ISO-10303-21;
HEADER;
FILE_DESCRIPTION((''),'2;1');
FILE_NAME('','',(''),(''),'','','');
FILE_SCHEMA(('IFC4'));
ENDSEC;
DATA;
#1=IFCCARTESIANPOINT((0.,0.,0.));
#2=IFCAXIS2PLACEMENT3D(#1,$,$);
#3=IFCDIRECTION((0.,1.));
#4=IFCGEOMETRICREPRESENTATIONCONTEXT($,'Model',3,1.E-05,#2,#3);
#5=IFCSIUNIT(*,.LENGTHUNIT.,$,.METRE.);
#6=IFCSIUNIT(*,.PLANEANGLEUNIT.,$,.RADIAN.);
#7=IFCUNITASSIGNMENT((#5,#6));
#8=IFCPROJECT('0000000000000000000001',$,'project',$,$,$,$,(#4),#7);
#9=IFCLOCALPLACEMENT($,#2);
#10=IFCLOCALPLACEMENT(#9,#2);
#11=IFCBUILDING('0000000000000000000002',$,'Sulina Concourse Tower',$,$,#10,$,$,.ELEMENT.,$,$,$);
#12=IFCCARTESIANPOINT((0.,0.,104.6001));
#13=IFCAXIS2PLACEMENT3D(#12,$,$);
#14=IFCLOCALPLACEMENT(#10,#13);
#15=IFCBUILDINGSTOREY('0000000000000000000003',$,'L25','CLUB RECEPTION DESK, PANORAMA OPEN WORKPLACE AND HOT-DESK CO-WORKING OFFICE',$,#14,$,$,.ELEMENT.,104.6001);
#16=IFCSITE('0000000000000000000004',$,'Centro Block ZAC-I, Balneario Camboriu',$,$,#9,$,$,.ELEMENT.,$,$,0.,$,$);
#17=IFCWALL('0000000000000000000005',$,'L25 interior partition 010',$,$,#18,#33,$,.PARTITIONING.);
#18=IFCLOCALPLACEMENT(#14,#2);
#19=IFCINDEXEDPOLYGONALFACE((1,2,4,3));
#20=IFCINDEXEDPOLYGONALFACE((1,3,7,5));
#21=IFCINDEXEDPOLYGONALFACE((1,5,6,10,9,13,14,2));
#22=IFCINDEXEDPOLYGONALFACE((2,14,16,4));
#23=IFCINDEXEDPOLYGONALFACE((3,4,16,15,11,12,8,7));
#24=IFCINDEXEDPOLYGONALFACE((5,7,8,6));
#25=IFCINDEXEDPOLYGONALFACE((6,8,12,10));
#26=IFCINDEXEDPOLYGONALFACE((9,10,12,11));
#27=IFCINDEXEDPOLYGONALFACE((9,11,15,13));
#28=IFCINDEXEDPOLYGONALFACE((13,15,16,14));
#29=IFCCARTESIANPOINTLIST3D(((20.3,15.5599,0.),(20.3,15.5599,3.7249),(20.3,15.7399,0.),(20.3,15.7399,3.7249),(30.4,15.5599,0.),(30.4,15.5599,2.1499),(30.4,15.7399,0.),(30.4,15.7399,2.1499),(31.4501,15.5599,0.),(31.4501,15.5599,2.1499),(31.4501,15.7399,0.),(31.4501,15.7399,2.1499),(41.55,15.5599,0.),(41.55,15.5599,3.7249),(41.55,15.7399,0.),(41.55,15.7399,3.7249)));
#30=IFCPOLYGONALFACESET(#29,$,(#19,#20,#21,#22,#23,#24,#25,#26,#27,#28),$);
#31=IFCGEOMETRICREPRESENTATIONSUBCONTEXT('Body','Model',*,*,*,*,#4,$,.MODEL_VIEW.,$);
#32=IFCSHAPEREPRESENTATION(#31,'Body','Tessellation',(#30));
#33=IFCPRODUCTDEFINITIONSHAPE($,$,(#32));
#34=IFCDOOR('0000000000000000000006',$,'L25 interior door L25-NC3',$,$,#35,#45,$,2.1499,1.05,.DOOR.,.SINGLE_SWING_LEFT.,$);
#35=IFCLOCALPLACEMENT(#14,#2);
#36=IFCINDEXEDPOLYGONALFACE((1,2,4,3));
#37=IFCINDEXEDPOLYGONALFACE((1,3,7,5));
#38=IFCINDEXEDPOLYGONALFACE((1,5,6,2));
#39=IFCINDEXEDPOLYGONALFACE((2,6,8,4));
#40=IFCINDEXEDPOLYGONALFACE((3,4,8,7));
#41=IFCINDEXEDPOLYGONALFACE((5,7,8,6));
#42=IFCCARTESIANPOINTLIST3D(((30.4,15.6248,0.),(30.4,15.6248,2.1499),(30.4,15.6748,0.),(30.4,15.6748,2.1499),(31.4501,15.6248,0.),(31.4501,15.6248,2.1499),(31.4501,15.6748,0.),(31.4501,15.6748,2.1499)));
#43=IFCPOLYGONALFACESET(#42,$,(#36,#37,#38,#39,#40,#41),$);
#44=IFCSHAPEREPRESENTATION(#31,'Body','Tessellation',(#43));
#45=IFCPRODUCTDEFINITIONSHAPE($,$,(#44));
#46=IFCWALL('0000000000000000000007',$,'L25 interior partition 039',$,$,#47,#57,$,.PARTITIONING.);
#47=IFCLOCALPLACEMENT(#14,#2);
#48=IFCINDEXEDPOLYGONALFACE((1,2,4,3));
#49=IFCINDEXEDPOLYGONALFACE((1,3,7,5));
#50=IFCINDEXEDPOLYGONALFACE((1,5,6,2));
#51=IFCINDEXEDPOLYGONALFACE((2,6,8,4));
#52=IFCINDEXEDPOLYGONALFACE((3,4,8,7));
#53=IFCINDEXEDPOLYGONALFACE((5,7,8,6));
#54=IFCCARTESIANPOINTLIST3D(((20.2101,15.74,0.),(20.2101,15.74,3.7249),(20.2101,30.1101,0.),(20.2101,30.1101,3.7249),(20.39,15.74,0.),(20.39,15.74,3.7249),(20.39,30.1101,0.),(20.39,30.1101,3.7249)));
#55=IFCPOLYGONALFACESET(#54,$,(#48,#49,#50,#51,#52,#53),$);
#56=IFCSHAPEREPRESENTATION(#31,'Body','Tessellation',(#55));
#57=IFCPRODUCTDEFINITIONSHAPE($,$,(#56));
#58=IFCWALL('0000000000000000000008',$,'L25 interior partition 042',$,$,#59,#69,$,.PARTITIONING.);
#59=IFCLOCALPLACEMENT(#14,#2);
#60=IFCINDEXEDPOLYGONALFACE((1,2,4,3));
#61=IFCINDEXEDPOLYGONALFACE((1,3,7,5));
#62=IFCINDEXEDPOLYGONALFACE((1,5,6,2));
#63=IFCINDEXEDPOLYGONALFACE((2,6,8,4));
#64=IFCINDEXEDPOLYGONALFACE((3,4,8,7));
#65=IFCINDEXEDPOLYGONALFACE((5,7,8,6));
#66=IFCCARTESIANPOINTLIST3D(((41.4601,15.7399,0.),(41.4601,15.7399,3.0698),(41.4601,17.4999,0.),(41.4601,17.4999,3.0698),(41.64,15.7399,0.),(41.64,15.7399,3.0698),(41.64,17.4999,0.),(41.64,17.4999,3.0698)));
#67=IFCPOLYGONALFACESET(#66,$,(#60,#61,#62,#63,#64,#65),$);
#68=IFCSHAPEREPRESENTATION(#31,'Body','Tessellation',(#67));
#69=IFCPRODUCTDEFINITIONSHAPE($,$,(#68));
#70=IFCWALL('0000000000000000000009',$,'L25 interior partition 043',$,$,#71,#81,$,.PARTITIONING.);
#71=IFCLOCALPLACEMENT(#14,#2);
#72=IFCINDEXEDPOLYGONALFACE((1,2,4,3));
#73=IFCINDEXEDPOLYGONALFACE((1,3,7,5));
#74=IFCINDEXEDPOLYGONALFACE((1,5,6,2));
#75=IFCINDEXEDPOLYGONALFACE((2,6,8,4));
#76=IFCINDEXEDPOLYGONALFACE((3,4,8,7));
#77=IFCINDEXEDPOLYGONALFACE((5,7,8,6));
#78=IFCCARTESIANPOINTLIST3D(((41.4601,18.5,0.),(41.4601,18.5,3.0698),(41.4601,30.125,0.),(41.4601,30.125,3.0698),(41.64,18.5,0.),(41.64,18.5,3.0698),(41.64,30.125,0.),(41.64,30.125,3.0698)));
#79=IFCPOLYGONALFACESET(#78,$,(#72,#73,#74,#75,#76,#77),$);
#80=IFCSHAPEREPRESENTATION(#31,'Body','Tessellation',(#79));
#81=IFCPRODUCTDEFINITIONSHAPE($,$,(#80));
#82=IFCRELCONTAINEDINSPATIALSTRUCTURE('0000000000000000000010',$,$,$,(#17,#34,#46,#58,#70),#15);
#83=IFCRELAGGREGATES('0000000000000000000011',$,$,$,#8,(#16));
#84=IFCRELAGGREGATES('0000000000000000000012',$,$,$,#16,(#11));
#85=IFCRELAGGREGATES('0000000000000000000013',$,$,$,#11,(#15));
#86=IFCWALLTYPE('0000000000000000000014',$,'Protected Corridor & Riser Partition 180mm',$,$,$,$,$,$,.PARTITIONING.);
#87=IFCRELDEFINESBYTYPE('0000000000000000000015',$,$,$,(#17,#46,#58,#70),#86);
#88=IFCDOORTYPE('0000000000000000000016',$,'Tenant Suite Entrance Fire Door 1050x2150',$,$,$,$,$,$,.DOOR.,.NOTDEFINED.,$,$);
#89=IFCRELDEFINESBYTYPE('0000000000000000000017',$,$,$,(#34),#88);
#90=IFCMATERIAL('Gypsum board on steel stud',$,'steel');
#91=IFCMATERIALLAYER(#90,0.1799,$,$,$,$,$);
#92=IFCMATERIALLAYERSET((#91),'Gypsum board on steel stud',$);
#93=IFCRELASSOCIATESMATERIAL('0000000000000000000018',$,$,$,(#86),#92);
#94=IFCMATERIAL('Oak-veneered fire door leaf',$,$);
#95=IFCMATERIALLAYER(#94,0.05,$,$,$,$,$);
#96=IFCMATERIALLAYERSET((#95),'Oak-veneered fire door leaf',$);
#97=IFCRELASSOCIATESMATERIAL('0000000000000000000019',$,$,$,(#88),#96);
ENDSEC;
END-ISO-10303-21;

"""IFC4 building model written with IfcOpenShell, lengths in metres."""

from ifc_helpers import new_model, si_unit, direction, frame, frame_2d, origin, place, context, subcontext, project, spatial, rectangle, extrude, material, layer, layer_set, type_object, element, fill, save


model = new_model("IFC4")

# Units and contexts
model_context = context("Model", 3, precision=1e-05, world=origin(), true_north=direction((0.0, 1.0)))
body_context = subcontext(model_context, "Body", "Model", "MODEL_VIEW")
ifc_project = project(units=[si_unit("LENGTHUNIT", "METRE"), si_unit("PLANEANGLEUNIT", "RADIAN")], contexts=[model_context])

# Site, building, storey
site_placement = place(None, origin())
site = spatial("IfcSite", under=ifc_project, at=site_placement, Name="Centro Block ZAC-I, Balneario Camboriu", CompositionType="ELEMENT", RefElevation=0.0)
building_placement = place(site_placement, origin())
building = spatial("IfcBuilding", under=site, at=building_placement, Name="Sulina Concourse Tower", CompositionType="ELEMENT")
storey_placement = place(building_placement, frame((0.0, 0.0, 104.6001)))
storey = spatial("IfcBuildingStorey", under=building, at=storey_placement, Name="L25", Description="CLUB RECEPTION DESK, PANORAMA OPEN WORKPLACE AND HOT-DESK CO-WORKING OFFICE", CompositionType="ELEMENT", Elevation=104.6001)

# Wall, opening, door
ifc_material_1 = material(Name="Gypsum board on steel stud", Category="steel")
ifc_layer_1 = layer(ifc_material_1, 0.1799)
ifc_layer_set_1 = layer_set([ifc_layer_1], Name="Gypsum board on steel stud")
wall_type = type_object("IfcWallType", Name="Protected Corridor & Riser Partition 180mm", PredefinedType="PARTITIONING", material=ifc_layer_set_1)
ifc_material_2 = material(Name="Oak-veneered fire door leaf")
ifc_layer_2 = layer(ifc_material_2, 0.05)
ifc_layer_set_2 = layer_set([ifc_layer_2], Name="Oak-veneered fire door leaf")
door_type_1 = type_object("IfcDoorType", Name="Tenant Suite Entrance Fire Door 1050x2150", OperationType="NOTDEFINED", PredefinedType="DOOR", material=ifc_layer_set_2)
wall_1_placement = place(storey_placement, frame((20.3, 15.6499, 0.0), z_axis=(0.0, 0.0, 1.0), x_axis=(1.0, 0.0, 0.0)))
wall_1 = element("IfcWall", 1, at=wall_1_placement, inside=storey, type_object=wall_type, Name="L25 interior partition 010", PredefinedType="PARTITIONING", context=body_context, shape_type="SweptSolid", body=[
    extrude(rectangle(XDim=21.25, YDim=0.1799, at=frame_2d((10.625, 0.0))), origin(), (0.0, 0.0, 1.0), 3.7249),
])
opening_1_placement = place(wall_1_placement, frame((10.1001, 0.0, 0.0)))
opening_1 = element("IfcOpeningElement", 2, at=opening_1_placement, cuts=wall_1, PredefinedType="OPENING", context=body_context, shape_type="SweptSolid", body=[
    extrude(rectangle(XDim=1.05, YDim=2.1499, at=frame_2d((0.5249, 1.075))), frame((0.0, 0.0999, 0.0), z_axis=(0.0, -1.0, 0.0), x_axis=(1.0, 0.0, 0.0)), (0.0, 0.0, 1.0), 0.2),
])
door_1_placement = place(opening_1_placement, origin())
door_1 = element("IfcDoor", 3, at=door_1_placement, inside=storey, type_object=door_type_1, Name="L25 interior door L25-NC3", OperationType="SINGLE_SWING_LEFT", OverallHeight=2.1499, OverallWidth=1.05, PredefinedType="DOOR", context=body_context, shape_type="SweptSolid", body=[
    extrude(rectangle(XDim=1.05, YDim=2.1499, at=frame_2d((0.5249, 1.075))), frame((0.0, 0.0249, 0.0), z_axis=(0.0, -1.0, 0.0), x_axis=(1.0, 0.0, 0.0)), (0.0, 0.0, 1.0), 0.05),
])
fill(opening_1, door_1)

# Walls
wall_2_placement = place(storey_placement, frame((20.3, 15.74, 0.0), z_axis=(0.0, 0.0, 1.0), x_axis=(0.0, 1.0, 0.0)))
element("IfcWall", 4, at=wall_2_placement, inside=storey, type_object=wall_type, Name="L25 interior partition 039", PredefinedType="PARTITIONING", context=body_context, shape_type="SweptSolid", body=[
    extrude(rectangle(XDim=14.3701, YDim=0.1799, at=frame_2d((7.1851, 0.0))), origin(), (0.0, 0.0, 1.0), 3.7249),
])
wall_3_placement = place(storey_placement, frame((41.55, 15.74, 0.0), z_axis=(0.0, 0.0, 1.0), x_axis=(0.0, 1.0, 0.0)))
element("IfcWall", 5, at=wall_3_placement, inside=storey, type_object=wall_type, Name="L25 interior partition 042", PredefinedType="PARTITIONING", context=body_context, shape_type="SweptSolid", body=[
    extrude(rectangle(XDim=1.76, YDim=0.1799, at=frame_2d((0.8799, 0.0))), origin(), (0.0, 0.0, 1.0), 3.0698),
])
wall_4_placement = place(storey_placement, frame((41.55, 18.5, 0.0), z_axis=(0.0, 0.0, 1.0), x_axis=(0.0, 1.0, 0.0)))
element("IfcWall", 6, at=wall_4_placement, inside=storey, type_object=wall_type, Name="L25 interior partition 043", PredefinedType="PARTITIONING", context=body_context, shape_type="SweptSolid", body=[
    extrude(rectangle(XDim=11.625, YDim=0.1799, at=frame_2d((5.8125, 0.0))), origin(), (0.0, 0.0, 1.0), 3.0698),
])

save(model, "model.ifc")
